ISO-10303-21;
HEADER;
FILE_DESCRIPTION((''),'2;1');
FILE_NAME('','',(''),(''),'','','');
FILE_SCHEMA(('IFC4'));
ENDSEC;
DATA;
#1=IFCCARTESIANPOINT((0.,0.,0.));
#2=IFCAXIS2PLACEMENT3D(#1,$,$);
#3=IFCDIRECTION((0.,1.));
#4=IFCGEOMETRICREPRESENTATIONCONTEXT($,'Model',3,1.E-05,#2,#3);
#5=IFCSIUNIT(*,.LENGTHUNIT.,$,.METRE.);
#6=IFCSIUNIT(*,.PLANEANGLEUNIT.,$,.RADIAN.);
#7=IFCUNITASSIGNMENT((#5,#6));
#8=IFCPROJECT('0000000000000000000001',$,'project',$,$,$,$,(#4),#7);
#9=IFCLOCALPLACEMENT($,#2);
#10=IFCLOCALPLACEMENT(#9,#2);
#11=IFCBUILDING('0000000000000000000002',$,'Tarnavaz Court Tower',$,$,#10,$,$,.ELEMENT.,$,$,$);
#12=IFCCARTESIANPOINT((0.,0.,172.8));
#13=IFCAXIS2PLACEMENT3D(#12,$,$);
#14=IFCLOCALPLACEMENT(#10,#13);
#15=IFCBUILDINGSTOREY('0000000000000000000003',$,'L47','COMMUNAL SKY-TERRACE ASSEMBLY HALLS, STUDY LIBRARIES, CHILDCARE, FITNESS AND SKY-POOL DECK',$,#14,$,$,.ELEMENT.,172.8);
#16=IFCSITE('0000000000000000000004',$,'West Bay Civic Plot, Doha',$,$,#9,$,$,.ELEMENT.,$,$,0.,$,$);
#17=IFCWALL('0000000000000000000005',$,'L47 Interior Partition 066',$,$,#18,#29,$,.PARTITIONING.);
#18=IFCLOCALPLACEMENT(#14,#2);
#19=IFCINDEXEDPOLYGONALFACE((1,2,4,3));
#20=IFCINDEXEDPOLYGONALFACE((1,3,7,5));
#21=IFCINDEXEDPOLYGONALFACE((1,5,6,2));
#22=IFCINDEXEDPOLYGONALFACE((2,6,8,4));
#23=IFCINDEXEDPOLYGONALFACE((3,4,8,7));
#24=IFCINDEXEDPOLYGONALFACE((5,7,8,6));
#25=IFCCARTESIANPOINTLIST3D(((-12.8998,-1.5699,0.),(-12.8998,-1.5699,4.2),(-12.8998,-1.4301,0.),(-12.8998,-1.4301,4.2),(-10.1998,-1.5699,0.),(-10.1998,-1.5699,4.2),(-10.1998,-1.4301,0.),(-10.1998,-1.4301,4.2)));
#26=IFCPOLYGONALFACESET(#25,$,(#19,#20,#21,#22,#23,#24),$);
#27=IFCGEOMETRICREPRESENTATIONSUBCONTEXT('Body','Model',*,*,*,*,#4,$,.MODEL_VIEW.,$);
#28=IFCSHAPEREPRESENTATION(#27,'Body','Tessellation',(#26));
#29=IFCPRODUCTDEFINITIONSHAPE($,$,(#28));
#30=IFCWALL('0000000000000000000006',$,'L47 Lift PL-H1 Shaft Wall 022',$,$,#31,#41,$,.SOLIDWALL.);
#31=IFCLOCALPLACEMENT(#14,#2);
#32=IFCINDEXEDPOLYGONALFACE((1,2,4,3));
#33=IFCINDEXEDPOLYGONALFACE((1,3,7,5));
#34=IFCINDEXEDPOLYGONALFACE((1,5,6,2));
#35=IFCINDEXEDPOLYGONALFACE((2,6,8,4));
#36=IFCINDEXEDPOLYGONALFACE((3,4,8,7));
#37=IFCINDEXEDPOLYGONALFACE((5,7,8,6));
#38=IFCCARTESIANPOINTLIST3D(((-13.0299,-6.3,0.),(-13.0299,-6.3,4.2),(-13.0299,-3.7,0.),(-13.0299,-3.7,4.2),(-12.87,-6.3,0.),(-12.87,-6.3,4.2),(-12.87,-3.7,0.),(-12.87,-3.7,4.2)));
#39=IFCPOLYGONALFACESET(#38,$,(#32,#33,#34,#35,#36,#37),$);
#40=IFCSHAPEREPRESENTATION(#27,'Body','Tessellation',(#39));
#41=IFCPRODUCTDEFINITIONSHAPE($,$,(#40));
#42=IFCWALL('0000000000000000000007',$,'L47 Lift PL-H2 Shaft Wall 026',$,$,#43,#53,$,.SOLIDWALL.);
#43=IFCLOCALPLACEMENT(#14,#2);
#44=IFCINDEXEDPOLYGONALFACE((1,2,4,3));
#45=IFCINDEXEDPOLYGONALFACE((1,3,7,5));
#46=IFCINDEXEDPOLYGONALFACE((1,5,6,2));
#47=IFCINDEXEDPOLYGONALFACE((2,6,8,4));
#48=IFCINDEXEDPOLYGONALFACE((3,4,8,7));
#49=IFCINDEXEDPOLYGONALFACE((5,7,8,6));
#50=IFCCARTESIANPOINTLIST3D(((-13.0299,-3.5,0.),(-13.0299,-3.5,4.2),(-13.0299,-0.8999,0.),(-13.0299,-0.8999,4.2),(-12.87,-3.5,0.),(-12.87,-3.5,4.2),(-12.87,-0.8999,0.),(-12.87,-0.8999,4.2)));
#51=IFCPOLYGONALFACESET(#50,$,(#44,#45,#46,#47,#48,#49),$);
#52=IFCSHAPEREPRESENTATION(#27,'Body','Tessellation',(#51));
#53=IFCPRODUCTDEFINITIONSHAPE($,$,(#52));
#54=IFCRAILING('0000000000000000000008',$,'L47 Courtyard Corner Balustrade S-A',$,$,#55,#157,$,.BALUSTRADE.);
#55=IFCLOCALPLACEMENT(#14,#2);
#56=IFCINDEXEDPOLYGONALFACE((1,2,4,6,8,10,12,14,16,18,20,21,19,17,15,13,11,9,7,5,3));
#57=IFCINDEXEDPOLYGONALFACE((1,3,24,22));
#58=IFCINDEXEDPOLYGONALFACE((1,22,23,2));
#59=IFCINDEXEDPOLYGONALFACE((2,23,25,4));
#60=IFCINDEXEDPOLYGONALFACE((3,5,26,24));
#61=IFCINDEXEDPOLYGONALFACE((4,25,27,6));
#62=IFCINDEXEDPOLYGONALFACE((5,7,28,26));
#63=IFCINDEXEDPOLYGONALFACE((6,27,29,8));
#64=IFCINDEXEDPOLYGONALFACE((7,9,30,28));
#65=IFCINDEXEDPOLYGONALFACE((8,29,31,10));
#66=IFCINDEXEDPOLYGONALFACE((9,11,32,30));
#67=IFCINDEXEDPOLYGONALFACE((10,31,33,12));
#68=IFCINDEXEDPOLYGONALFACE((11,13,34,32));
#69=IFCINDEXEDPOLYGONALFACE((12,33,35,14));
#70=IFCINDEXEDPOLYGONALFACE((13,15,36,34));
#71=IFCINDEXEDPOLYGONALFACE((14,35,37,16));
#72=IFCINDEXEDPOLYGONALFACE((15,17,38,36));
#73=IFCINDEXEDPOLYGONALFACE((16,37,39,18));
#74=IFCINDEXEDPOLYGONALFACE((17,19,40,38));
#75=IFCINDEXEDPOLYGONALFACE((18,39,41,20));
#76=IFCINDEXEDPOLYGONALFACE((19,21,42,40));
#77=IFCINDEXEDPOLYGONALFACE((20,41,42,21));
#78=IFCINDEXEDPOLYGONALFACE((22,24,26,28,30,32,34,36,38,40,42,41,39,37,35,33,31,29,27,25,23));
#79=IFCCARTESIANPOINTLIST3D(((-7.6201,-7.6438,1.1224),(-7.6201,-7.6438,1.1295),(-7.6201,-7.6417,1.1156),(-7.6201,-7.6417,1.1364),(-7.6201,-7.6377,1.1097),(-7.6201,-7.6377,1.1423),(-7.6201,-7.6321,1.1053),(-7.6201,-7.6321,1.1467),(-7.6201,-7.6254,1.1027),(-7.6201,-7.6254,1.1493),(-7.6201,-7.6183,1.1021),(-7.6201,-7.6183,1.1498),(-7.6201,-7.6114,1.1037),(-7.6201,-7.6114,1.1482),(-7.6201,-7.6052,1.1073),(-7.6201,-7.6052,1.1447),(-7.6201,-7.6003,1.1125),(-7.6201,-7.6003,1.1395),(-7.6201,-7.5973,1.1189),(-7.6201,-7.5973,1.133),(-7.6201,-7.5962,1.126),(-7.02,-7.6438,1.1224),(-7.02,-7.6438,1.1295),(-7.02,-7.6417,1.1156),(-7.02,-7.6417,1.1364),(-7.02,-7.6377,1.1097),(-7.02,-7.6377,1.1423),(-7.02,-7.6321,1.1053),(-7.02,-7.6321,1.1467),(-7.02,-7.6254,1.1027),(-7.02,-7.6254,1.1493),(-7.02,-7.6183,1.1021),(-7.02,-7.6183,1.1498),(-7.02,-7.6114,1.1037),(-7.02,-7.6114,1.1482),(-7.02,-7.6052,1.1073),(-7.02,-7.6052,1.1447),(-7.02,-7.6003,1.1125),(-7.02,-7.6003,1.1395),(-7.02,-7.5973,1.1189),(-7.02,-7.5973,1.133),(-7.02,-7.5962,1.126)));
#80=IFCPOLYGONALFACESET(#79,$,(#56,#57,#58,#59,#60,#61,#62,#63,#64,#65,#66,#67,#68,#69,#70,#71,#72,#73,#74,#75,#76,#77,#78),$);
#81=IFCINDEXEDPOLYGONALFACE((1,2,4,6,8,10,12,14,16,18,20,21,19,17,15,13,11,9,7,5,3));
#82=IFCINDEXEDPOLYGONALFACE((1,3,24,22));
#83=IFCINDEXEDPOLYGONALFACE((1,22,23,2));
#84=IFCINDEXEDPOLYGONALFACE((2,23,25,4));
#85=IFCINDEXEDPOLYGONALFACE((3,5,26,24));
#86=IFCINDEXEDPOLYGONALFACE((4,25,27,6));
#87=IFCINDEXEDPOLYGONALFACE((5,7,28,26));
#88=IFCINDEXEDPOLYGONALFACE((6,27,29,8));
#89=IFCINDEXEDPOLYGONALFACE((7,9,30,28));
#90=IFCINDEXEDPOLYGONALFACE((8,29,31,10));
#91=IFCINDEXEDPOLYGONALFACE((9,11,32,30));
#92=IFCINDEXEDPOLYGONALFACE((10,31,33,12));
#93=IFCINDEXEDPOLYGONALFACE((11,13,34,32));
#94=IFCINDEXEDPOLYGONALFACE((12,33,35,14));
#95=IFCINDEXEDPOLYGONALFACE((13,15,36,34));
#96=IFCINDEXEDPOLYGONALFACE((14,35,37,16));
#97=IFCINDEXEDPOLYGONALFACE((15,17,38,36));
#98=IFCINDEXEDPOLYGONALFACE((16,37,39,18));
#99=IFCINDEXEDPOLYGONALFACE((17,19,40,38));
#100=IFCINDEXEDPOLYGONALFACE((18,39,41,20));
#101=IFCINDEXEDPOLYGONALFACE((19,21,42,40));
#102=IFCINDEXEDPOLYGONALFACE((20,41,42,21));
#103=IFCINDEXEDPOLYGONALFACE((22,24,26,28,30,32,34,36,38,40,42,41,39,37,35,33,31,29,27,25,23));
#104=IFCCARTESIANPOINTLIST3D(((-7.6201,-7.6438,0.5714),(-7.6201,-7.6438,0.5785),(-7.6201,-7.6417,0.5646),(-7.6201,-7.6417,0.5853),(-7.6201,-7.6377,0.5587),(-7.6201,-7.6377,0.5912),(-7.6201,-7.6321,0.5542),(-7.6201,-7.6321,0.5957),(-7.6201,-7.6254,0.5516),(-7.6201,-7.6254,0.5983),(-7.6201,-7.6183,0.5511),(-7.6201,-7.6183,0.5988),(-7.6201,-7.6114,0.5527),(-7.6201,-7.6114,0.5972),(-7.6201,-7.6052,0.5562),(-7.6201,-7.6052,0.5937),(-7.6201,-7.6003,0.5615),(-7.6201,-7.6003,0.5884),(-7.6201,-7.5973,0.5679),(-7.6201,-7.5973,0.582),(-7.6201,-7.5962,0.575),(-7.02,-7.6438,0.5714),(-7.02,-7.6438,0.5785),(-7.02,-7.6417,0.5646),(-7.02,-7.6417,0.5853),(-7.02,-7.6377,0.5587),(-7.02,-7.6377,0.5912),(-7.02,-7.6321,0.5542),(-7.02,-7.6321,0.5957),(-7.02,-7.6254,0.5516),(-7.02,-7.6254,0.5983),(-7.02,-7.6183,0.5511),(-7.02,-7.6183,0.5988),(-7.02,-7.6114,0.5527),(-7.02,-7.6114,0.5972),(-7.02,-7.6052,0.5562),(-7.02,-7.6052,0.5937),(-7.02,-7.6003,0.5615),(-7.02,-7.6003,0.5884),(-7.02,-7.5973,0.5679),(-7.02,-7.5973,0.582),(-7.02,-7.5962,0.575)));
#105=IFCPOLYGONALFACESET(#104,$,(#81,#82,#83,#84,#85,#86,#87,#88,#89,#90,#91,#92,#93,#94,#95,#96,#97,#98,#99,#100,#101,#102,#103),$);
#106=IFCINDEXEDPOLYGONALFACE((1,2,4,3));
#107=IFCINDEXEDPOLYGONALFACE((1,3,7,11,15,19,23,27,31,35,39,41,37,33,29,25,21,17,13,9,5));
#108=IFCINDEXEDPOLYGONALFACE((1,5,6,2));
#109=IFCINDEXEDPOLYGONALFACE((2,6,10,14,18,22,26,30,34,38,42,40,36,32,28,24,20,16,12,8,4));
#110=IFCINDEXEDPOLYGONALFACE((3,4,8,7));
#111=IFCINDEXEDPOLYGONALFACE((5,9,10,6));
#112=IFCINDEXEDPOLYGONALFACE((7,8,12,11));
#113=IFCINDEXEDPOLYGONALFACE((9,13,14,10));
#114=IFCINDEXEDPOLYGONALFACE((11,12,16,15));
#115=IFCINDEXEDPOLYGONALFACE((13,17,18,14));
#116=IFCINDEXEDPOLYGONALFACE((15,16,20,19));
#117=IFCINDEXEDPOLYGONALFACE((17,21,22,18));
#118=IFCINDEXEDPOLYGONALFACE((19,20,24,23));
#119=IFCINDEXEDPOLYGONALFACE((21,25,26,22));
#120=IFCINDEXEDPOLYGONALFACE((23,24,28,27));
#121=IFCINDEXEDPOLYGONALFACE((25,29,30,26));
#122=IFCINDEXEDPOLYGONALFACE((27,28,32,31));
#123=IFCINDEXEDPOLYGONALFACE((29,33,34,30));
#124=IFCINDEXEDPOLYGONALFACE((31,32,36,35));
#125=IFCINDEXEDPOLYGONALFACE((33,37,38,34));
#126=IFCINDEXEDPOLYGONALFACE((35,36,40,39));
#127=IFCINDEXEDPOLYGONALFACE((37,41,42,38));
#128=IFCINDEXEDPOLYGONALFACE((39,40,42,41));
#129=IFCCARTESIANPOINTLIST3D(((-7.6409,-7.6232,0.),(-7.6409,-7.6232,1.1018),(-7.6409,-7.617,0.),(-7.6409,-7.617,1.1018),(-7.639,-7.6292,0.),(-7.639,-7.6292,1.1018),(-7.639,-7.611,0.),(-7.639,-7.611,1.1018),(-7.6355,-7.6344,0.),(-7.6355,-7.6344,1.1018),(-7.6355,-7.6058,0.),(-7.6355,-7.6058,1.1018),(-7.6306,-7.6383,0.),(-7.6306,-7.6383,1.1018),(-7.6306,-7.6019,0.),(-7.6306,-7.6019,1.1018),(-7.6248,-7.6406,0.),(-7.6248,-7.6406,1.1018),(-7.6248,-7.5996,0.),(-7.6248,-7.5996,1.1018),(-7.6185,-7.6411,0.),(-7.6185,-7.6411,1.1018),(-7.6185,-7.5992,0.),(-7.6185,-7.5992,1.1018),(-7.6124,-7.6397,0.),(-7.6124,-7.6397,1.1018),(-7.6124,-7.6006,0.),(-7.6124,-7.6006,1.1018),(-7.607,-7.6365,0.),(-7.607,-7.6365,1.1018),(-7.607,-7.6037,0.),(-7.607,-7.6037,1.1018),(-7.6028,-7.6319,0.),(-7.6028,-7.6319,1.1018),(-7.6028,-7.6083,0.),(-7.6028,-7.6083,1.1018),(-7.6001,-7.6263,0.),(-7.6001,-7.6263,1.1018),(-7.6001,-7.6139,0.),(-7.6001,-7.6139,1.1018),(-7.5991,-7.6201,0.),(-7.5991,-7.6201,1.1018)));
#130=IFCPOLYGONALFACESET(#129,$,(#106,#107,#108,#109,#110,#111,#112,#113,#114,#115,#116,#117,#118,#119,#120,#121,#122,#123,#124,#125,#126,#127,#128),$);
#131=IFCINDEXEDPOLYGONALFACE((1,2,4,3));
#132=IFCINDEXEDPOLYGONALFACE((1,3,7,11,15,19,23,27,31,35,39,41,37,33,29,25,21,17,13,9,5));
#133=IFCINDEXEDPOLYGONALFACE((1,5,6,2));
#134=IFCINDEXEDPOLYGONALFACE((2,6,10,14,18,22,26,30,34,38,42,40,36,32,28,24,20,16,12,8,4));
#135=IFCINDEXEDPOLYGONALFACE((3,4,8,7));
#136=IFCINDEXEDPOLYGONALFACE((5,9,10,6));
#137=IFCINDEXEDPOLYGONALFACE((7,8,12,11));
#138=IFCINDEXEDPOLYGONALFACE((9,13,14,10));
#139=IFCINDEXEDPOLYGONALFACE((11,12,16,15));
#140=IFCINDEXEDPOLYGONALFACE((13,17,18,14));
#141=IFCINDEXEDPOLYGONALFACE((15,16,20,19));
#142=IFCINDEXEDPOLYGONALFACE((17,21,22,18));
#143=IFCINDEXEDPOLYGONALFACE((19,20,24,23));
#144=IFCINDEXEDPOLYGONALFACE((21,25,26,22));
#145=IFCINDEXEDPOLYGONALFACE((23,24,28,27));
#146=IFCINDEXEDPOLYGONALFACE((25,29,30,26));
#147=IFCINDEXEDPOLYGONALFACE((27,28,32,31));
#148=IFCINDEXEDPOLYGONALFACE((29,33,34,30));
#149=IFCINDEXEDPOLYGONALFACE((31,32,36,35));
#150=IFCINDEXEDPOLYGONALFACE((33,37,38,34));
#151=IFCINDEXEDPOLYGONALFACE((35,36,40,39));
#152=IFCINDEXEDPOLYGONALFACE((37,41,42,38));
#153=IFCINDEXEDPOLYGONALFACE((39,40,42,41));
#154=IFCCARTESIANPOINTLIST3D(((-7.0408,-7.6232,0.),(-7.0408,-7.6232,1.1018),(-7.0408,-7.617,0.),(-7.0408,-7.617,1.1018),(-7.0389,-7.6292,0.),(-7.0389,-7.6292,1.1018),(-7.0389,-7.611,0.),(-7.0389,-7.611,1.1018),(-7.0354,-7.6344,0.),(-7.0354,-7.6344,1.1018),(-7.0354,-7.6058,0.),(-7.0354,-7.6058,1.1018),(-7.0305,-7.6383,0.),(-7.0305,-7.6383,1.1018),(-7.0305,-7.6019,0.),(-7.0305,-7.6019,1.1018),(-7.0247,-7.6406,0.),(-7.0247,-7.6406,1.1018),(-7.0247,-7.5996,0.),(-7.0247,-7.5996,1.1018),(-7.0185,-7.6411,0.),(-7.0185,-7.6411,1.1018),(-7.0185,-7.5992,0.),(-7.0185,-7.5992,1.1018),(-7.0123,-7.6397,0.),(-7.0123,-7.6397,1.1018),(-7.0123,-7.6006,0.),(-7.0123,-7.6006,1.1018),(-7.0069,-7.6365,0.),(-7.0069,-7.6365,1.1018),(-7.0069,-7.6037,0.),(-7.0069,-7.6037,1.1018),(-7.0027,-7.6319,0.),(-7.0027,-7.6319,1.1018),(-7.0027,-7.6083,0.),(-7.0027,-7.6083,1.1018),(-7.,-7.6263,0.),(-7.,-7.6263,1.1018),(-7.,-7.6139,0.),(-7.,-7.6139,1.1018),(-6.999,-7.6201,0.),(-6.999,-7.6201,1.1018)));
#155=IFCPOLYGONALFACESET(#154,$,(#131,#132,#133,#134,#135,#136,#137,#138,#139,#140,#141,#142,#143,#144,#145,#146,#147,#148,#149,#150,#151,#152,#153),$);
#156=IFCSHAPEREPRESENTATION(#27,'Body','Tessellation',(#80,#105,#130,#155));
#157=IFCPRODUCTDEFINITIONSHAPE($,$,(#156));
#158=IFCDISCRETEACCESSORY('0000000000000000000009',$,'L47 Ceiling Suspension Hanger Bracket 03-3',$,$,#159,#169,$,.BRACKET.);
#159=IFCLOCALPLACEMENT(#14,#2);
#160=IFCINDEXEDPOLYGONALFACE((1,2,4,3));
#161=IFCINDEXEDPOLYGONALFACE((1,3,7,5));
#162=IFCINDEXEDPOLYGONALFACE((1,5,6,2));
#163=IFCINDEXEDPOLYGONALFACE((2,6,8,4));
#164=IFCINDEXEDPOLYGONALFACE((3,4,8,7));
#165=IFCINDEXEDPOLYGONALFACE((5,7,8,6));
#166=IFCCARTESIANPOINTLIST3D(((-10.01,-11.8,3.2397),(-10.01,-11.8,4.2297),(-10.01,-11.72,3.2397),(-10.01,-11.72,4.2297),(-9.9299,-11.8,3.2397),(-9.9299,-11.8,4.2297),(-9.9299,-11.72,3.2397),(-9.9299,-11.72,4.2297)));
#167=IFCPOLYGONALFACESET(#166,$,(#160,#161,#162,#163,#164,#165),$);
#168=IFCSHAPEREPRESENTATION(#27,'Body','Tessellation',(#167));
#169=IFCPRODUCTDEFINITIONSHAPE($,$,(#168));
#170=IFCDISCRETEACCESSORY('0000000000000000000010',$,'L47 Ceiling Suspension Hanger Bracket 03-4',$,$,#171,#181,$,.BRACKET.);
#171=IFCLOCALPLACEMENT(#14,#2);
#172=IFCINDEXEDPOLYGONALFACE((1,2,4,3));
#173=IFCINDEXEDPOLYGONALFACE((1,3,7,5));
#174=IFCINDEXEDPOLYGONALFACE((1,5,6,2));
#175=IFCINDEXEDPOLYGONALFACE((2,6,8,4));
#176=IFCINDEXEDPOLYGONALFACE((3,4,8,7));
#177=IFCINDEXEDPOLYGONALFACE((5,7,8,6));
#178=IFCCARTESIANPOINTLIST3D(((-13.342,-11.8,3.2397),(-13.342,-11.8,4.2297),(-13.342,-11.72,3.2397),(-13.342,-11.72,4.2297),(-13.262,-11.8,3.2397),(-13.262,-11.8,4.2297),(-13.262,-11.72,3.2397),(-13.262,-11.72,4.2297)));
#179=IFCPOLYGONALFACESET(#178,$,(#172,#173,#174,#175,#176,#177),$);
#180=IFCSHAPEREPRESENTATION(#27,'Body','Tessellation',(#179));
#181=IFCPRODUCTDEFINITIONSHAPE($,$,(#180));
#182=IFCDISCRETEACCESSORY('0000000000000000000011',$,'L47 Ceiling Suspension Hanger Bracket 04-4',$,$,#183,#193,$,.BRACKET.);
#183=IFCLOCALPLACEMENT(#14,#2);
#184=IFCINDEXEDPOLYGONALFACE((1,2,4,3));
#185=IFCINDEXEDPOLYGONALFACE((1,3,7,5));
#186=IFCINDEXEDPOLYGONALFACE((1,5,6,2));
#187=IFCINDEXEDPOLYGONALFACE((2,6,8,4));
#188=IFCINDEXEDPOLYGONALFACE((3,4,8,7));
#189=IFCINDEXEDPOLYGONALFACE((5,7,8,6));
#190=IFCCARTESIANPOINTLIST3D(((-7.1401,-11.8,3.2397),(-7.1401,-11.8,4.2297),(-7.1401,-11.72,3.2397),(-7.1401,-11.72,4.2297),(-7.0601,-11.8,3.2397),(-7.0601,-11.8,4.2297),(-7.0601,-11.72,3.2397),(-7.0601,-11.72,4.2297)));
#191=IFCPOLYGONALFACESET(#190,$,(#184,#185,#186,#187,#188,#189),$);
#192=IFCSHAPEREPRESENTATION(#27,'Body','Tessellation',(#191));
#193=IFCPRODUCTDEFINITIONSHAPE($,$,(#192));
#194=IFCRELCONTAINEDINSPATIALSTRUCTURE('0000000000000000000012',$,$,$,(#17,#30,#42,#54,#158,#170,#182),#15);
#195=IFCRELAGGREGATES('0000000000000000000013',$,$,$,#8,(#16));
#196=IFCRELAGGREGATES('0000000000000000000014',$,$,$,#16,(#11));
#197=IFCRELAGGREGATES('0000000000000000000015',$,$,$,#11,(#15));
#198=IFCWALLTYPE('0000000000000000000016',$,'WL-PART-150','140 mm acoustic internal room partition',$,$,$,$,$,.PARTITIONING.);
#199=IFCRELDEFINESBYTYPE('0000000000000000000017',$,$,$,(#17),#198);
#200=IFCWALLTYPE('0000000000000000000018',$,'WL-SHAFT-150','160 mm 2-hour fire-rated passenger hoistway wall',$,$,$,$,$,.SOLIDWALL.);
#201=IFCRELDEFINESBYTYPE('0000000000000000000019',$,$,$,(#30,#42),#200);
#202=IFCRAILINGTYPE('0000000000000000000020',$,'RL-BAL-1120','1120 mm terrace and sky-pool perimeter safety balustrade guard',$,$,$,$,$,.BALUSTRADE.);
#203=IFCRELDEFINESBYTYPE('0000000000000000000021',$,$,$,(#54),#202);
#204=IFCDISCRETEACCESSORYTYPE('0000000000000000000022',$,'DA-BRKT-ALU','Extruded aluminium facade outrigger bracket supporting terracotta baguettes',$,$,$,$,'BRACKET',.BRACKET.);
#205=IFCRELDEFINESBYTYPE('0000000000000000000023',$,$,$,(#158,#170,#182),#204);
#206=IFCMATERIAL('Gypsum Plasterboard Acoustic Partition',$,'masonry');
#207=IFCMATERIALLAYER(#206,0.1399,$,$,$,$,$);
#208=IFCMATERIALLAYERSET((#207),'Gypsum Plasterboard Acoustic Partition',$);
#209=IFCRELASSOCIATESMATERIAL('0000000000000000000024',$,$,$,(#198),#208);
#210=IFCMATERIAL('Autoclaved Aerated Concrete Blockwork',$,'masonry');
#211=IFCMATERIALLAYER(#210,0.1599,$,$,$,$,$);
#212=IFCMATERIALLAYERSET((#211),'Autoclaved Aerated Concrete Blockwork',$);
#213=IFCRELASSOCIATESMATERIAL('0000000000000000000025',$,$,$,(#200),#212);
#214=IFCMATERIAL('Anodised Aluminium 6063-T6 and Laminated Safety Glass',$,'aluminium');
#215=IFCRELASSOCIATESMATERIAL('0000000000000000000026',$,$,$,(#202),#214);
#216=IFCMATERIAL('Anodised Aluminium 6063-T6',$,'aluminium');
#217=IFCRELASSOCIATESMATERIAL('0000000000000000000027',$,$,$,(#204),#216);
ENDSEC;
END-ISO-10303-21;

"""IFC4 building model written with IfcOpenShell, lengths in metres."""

from ifc_helpers import new_model, si_unit, direction, frame, frame_2d, origin, origin_2d, place, context, subcontext, project, spatial, rectangle, circle, extrude, material, layer, layer_set, type_object, element, save


model = new_model("IFC4")

# Units and contexts
model_context = context("Model", 3, precision=1e-05, world=origin(), true_north=direction((0.0, 1.0)))
body_context = subcontext(model_context, "Body", "Model", "MODEL_VIEW")
ifc_project = project(units=[si_unit("LENGTHUNIT", "METRE"), si_unit("PLANEANGLEUNIT", "RADIAN")], contexts=[model_context])

# Site, building, storey
site_placement = place(None, origin())
site = spatial("IfcSite", under=ifc_project, at=site_placement, Name="West Bay Civic Plot, Doha", CompositionType="ELEMENT", RefElevation=0.0)
building_placement = place(site_placement, origin())
building = spatial("IfcBuilding", under=site, at=building_placement, Name="Tarnavaz Court Tower", CompositionType="ELEMENT")
storey_placement = place(building_placement, frame((0.0, 0.0, 172.8)))
storey = spatial("IfcBuildingStorey", under=building, at=storey_placement, Name="L47", Description="COMMUNAL SKY-TERRACE ASSEMBLY HALLS, STUDY LIBRARIES, CHILDCARE, FITNESS AND SKY-POOL DECK", CompositionType="ELEMENT", Elevation=172.8)

# Shared definitions
ifc_material_1 = material(Name="Anodised Aluminium 6063-T6", Category="aluminium")

# Shared definitions
ifc_material_2 = material(Name="Gypsum Plasterboard Acoustic Partition", Category="masonry")
ifc_layer_1 = layer(ifc_material_2, 0.1399)
ifc_layer_set_1 = layer_set([ifc_layer_1], Name="Gypsum Plasterboard Acoustic Partition")
wall_type_1 = type_object("IfcWallType", Name="WL-PART-150", Description="140 mm acoustic internal room partition", PredefinedType="PARTITIONING", material=ifc_layer_set_1)

# Walls
wall_1_placement = place(storey_placement, frame((-12.8999, -1.5, 0.0), z_axis=(0.0, 0.0, 1.0), x_axis=(1.0, 0.0, 0.0)))
element("IfcWall", 1, at=wall_1_placement, inside=storey, type_object=wall_type_1, Name="L47 Interior Partition 066", PredefinedType="PARTITIONING", context=body_context, shape_type="SweptSolid", body=[
    extrude(rectangle(XDim=2.7, YDim=0.1399, at=frame_2d((1.3501, 0.0))), origin(), (0.0, 0.0, 1.0), 4.2),
])
ifc_material_3 = material(Name="Autoclaved Aerated Concrete Blockwork", Category="masonry")
ifc_layer_2 = layer(ifc_material_3, 0.1599)
ifc_layer_set_2 = layer_set([ifc_layer_2], Name="Autoclaved Aerated Concrete Blockwork")
wall_type_2 = type_object("IfcWallType", Name="WL-SHAFT-150", Description="160 mm 2-hour fire-rated passenger hoistway wall", PredefinedType="SOLIDWALL", material=ifc_layer_set_2)
for number, where, z_axis, x_axis, name in (
    (2, (-12.95, -6.3, 0.0), (0.0, 0.0, 1.0), (0.0, 1.0, 0.0), "L47 Lift PL-H1 Shaft Wall 022"),
    (3, (-12.95, -3.5, 0.0), (0.0, 0.0, 1.0), (0.0, 1.0, 0.0), "L47 Lift PL-H2 Shaft Wall 026"),
):
    element("IfcWall", number, at=place(storey_placement, frame(where, z_axis=z_axis, x_axis=x_axis)), inside=storey, type_object=wall_type_2, Name=name, PredefinedType="SOLIDWALL", context=body_context, shape_type="SweptSolid", body=[
        extrude(rectangle(XDim=2.6001, YDim=0.1599, at=frame_2d((1.3, 0.0))), origin(), (0.0, 0.0, 1.0), 4.2),
    ])

# Railing
ifc_material_4 = material(Name="Anodised Aluminium 6063-T6 and Laminated Safety Glass", Category="aluminium")
railing_type = type_object("IfcRailingType", Name="RL-BAL-1120", Description="1120 mm terrace and sky-pool perimeter safety balustrade guard", PredefinedType="BALUSTRADE", material=ifc_material_4)
railing_placement = place(storey_placement, frame((-7.6201, -7.6201, 0.0)))
element("IfcRailing", 4, at=railing_placement, inside=storey, type_object=railing_type, Name="L47 Courtyard Corner Balustrade S-A", PredefinedType="BALUSTRADE", context=body_context, shape_type="SweptSolid", body=[
    extrude(circle(Radius=0.0239, at=origin_2d()), frame((0.0, 0.0, 1.126), z_axis=(1.0, 0.0, 0.0), x_axis=(0.0, 1.0, 0.0)), (0.0, 0.0, 1.0), 0.6001),
    extrude(circle(Radius=0.0239, at=origin_2d()), frame((0.0, 0.0, 0.575), z_axis=(1.0, 0.0, 0.0), x_axis=(0.0, 1.0, 0.0)), (0.0, 0.0, 1.0), 0.6001),
    extrude(circle(Radius=0.021, at=origin_2d()), origin(), (0.0, 0.0, 1.0), 1.1018),
    extrude(circle(Radius=0.021, at=origin_2d()), frame((0.6001, 0.0, 0.0)), (0.0, 0.0, 1.0), 1.1018),
])

# Discrete accessories
discrete_accessory_type = type_object("IfcDiscreteAccessoryType", Name="DA-BRKT-ALU", Description="Extruded aluminium facade outrigger bracket supporting terracotta baguettes", ElementType="BRACKET", PredefinedType="BRACKET", material=ifc_material_1)
for number, where, z_axis, x_axis, name in (
    (5, (-9.97, -11.76, 3.2397), (0.0, 0.0, 1.0), (1.0, 0.0, 0.0), "L47 Ceiling Suspension Hanger Bracket 03-3"),
    (6, (-13.302, -11.76, 3.2397), (0.0, 0.0, 1.0), (1.0, 0.0, 0.0), "L47 Ceiling Suspension Hanger Bracket 03-4"),
    (7, (-7.1001, -11.76, 3.2397), (0.0, 0.0, 1.0), (1.0, 0.0, 0.0), "L47 Ceiling Suspension Hanger Bracket 04-4"),
):
    element("IfcDiscreteAccessory", number, at=place(storey_placement, frame(where, z_axis=z_axis, x_axis=x_axis)), inside=storey, type_object=discrete_accessory_type, Name=name, PredefinedType="BRACKET", context=body_context, shape_type="SweptSolid", body=[
        extrude(rectangle(XDim=0.0801, YDim=0.0801, at=origin_2d()), origin(), (0.0, 0.0, 1.0), 0.99),
    ])

save(model, "model.ifc")
